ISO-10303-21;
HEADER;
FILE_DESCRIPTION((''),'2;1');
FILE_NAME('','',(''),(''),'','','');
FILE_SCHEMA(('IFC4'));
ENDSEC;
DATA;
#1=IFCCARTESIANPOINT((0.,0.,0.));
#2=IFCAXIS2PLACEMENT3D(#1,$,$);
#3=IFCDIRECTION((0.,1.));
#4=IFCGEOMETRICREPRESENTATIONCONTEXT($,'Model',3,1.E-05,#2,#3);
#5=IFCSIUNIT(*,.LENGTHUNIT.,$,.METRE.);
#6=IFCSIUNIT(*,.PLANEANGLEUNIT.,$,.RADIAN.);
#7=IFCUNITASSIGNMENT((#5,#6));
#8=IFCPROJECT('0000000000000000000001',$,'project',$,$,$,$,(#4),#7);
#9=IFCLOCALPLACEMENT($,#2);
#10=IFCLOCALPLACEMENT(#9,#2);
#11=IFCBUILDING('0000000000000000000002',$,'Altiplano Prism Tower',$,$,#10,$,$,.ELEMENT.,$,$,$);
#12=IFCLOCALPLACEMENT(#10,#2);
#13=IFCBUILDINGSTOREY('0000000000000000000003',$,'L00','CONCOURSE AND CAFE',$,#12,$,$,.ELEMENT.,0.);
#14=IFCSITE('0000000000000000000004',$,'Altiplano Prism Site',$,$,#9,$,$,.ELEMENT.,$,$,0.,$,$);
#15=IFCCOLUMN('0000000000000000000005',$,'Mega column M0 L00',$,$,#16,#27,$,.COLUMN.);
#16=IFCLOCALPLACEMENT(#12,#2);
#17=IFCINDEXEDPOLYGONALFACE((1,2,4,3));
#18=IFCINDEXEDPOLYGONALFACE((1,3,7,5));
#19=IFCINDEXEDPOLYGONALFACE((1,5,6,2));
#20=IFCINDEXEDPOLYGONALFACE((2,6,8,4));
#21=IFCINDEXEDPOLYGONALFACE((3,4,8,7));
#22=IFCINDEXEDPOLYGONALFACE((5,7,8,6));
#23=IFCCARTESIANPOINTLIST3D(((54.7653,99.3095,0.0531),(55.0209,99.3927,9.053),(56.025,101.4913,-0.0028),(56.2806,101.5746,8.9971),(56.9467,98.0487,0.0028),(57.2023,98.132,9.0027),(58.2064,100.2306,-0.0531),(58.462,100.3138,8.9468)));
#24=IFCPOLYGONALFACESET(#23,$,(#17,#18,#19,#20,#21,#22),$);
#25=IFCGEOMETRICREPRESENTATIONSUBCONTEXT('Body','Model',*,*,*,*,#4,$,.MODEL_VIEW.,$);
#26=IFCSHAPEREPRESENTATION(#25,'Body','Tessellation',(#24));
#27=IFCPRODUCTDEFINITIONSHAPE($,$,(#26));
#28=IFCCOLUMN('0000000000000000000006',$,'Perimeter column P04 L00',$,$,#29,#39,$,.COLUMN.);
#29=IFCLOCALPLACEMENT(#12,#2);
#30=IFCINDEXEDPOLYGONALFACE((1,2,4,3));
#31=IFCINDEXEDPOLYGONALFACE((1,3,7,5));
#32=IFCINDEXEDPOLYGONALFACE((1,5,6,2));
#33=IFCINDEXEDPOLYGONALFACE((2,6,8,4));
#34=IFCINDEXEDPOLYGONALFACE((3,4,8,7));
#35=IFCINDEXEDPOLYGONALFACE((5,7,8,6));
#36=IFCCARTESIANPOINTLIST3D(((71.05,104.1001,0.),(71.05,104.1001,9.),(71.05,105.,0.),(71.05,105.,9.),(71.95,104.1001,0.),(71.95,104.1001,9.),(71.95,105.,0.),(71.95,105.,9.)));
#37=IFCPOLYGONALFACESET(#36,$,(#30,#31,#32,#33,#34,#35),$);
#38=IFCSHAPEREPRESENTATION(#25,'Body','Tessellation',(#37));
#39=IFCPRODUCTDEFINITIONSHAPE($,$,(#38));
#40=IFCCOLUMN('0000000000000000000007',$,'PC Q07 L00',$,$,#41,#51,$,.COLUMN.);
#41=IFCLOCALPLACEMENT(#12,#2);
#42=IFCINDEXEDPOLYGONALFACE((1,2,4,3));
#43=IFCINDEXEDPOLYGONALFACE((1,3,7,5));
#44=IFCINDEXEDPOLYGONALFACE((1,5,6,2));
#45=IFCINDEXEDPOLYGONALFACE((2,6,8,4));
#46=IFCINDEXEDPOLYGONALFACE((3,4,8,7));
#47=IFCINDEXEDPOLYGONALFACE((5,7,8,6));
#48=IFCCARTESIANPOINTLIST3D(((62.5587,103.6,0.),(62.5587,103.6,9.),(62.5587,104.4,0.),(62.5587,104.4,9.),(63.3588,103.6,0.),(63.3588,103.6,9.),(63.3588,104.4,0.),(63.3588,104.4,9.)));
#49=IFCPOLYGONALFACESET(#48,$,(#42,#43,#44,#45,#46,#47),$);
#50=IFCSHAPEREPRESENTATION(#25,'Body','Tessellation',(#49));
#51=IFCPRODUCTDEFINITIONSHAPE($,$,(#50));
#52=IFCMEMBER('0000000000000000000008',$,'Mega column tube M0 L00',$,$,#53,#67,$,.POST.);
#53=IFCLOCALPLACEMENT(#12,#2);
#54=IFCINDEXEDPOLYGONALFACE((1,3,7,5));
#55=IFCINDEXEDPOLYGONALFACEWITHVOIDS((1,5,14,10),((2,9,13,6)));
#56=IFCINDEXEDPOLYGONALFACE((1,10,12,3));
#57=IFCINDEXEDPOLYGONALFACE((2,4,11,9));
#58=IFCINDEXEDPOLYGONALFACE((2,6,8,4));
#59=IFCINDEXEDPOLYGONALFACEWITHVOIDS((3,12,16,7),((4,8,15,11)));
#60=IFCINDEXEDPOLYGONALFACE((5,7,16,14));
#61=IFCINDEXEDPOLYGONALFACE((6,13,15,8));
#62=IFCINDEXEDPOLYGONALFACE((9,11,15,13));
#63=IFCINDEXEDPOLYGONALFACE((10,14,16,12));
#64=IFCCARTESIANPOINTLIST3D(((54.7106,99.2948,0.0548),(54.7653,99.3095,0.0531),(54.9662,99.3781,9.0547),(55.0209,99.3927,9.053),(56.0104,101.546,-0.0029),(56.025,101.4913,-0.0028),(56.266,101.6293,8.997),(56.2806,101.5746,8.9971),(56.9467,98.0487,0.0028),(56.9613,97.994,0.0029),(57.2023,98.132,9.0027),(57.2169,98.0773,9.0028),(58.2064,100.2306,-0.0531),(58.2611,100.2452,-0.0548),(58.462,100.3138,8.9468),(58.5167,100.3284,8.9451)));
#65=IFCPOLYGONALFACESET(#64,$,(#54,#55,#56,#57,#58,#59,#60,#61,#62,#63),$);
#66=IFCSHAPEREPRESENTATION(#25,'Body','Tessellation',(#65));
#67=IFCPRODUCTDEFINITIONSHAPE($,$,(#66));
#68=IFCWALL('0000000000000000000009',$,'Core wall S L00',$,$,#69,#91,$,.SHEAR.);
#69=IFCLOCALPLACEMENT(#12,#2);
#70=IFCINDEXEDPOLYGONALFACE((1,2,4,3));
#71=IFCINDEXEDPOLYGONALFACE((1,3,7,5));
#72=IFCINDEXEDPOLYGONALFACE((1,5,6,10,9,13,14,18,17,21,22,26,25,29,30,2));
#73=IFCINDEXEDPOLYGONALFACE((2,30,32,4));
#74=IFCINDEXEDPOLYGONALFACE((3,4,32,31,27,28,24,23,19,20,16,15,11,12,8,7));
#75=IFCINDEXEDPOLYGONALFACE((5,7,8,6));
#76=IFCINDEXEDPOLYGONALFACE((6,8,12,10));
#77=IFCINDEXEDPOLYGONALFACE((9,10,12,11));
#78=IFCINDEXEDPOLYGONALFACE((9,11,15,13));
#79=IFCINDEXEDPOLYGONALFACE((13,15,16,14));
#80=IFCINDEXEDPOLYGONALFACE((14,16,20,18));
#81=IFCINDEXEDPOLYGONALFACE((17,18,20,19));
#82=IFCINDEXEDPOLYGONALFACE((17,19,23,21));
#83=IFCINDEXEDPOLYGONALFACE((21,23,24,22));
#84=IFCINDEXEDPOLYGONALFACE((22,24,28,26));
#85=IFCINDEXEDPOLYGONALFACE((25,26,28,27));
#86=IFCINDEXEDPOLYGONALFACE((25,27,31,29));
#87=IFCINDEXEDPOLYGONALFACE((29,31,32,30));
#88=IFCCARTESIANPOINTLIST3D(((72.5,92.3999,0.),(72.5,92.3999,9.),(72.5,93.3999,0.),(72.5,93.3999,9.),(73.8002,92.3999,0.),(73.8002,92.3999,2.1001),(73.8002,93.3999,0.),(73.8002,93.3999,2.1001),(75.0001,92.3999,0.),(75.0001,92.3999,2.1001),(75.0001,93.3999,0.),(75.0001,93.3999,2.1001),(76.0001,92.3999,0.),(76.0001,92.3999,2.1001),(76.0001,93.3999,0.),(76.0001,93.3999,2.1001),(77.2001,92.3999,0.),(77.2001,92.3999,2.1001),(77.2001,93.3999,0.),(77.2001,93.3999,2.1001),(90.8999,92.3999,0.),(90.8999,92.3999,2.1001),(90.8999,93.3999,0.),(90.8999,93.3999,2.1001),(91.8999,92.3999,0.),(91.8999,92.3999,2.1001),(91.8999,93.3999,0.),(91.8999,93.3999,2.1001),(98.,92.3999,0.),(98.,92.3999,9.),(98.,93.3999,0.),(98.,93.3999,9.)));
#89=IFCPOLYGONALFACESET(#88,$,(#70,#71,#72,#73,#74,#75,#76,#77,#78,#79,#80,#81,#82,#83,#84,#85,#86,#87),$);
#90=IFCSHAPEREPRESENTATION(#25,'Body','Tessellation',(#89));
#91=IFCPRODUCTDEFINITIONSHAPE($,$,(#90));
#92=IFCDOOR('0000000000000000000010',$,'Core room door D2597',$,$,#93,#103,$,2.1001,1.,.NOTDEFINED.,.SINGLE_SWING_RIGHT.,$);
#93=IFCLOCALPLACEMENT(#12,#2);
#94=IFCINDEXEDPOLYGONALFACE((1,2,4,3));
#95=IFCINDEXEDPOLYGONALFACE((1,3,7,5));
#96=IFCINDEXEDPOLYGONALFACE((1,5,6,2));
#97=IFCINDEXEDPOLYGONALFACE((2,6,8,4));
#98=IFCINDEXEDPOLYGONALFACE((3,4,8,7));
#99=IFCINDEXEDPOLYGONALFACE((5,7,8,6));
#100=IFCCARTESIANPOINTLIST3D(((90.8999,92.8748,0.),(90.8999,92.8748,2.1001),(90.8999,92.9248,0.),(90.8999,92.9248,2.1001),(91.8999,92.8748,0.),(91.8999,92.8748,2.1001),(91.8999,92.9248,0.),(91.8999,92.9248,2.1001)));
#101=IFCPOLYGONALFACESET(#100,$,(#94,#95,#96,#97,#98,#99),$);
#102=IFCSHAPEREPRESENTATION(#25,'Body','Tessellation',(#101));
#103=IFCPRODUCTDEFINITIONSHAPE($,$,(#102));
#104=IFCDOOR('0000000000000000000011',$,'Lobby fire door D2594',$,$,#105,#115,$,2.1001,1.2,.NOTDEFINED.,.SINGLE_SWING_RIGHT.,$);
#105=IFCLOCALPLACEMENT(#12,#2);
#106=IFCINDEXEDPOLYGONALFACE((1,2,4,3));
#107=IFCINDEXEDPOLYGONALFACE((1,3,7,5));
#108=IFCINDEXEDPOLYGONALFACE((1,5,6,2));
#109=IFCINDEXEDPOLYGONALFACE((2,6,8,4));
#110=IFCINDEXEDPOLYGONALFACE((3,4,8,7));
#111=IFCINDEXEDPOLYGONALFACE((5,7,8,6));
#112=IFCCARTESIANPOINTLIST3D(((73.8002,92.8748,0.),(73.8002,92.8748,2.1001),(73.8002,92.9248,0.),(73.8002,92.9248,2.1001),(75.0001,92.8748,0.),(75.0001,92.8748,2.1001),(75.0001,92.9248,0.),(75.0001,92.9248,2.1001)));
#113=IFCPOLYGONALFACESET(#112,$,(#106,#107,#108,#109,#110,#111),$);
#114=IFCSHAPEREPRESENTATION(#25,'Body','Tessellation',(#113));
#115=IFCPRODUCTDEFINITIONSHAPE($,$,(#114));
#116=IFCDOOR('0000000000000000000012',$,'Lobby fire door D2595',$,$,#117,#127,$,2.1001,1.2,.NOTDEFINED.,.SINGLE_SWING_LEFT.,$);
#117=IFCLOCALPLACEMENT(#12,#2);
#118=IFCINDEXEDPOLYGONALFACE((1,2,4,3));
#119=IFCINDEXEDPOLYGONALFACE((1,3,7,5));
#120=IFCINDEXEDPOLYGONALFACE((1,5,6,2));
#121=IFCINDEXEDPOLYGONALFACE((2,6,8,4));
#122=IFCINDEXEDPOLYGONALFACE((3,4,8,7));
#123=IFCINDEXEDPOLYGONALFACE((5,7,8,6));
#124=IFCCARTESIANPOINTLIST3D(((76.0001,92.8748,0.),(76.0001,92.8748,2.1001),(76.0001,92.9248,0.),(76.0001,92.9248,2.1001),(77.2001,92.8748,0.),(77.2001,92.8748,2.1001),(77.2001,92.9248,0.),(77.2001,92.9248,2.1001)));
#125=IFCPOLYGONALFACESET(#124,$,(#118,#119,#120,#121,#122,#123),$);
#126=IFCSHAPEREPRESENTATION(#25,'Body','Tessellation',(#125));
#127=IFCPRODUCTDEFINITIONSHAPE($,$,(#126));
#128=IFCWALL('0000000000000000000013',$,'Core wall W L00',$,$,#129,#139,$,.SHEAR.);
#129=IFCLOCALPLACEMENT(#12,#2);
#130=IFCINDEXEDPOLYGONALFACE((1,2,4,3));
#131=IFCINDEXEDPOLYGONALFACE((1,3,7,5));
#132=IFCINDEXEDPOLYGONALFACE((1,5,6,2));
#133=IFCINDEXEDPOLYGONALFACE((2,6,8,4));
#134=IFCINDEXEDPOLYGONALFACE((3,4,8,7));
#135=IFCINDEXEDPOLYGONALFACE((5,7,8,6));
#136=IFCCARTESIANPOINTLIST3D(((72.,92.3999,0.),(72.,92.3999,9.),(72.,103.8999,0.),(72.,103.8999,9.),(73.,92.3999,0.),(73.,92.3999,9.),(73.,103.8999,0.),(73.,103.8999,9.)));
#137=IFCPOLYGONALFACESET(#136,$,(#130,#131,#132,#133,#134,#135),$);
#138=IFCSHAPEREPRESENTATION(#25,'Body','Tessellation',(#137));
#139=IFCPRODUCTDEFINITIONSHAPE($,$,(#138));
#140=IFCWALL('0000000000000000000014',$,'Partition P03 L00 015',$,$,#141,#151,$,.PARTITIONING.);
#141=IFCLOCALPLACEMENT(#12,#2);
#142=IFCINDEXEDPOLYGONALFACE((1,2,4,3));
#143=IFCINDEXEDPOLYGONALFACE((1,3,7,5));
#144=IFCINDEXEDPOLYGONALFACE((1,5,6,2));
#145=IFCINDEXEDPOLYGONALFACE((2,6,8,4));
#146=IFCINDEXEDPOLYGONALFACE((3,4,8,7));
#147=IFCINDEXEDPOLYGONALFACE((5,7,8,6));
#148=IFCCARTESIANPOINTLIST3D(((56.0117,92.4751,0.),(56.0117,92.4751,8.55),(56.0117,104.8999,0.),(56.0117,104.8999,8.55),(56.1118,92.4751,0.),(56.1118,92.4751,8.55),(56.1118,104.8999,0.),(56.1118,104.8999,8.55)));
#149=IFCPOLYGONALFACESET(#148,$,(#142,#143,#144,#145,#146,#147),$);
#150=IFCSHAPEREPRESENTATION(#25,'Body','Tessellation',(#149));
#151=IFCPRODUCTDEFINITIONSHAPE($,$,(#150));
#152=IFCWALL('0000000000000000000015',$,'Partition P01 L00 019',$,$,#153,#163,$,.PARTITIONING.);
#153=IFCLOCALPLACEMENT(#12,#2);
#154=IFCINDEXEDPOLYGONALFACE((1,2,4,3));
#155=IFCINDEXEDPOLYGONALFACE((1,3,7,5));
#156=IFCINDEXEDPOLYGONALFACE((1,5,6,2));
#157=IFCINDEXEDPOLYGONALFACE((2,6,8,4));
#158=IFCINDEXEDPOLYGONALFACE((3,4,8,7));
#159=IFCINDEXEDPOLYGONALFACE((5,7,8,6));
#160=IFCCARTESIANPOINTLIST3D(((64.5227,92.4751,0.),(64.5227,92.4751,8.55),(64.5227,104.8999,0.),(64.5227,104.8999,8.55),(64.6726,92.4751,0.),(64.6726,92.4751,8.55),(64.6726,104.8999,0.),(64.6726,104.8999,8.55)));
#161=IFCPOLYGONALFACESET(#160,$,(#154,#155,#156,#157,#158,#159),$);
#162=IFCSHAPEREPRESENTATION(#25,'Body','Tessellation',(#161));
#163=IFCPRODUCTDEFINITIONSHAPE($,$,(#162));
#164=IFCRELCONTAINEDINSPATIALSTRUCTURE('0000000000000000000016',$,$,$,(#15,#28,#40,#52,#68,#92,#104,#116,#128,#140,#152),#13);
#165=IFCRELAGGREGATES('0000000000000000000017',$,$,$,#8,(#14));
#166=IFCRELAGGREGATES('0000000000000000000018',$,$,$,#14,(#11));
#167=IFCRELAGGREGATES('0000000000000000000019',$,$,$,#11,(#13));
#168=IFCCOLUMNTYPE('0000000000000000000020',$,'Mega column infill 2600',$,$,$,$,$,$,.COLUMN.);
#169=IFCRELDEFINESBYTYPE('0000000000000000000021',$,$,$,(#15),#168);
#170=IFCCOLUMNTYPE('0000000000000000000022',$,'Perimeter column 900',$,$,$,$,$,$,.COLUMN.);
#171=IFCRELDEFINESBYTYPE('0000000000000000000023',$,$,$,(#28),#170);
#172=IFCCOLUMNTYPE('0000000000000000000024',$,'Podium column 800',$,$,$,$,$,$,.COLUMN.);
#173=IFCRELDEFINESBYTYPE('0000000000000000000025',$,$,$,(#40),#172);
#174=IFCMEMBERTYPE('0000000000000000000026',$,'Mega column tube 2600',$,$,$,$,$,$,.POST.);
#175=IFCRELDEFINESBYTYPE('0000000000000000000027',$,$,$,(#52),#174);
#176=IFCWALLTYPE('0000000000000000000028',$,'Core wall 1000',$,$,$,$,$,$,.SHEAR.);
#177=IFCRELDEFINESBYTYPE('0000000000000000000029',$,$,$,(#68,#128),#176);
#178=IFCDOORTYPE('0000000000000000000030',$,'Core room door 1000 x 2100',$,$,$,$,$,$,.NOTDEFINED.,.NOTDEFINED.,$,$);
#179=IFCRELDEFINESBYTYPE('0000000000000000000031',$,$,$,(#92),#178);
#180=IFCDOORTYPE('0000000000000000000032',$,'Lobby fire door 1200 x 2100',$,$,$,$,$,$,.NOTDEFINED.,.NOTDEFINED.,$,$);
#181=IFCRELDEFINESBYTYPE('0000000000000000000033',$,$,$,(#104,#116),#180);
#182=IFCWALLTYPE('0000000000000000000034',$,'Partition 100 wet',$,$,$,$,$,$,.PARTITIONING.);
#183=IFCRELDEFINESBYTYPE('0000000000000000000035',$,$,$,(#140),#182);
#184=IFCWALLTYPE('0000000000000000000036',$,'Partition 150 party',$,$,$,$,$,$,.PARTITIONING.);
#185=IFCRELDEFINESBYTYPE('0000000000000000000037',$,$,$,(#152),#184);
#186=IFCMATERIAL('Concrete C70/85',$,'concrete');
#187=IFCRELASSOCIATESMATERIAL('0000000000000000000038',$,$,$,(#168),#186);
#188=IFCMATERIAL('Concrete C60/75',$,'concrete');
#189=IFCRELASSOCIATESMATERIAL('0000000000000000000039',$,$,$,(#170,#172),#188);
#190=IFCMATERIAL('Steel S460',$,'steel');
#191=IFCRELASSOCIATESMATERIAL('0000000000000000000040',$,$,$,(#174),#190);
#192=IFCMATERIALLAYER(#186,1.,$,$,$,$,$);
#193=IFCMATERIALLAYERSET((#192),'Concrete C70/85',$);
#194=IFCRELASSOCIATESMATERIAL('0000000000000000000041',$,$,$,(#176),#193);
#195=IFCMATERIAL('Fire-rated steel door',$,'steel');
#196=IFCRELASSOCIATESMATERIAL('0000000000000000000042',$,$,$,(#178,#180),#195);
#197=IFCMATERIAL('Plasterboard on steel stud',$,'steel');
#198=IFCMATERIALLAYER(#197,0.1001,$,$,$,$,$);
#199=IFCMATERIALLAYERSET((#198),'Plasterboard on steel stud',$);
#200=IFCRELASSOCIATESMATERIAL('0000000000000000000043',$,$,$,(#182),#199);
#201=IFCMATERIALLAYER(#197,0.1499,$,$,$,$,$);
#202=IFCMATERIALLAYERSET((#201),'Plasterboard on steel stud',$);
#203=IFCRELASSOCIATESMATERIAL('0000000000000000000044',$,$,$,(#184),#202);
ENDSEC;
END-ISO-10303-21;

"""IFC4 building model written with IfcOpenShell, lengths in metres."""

from ifc_helpers import new_model, si_unit, direction, frame, frame_2d, origin, origin_2d, place, context, subcontext, project, spatial, rectangle, hollow_rectangle, extrude, material, layer, layer_set, material_profile, profile_set, type_object, element, fill, save


model = new_model("IFC4")

# Units and contexts
model_context = context("Model", 3, precision=1e-05, world=origin(), true_north=direction((0.0, 1.0)))
body_context = subcontext(model_context, "Body", "Model", "MODEL_VIEW")
ifc_project = project(units=[si_unit("LENGTHUNIT", "METRE"), si_unit("PLANEANGLEUNIT", "RADIAN")], contexts=[model_context])

# Site, building, storey
site_placement = place(None, origin())
site = spatial("IfcSite", under=ifc_project, at=site_placement, Name="Altiplano Prism Site", CompositionType="ELEMENT", RefElevation=0.0)
building_placement = place(site_placement, origin())
building = spatial("IfcBuilding", under=site, at=building_placement, Name="Altiplano Prism Tower", CompositionType="ELEMENT")
storey_placement = place(building_placement, origin())
storey = spatial("IfcBuildingStorey", under=building, at=storey_placement, Name="L00", Description="CONCOURSE AND CAFE", CompositionType="ELEMENT", Elevation=0.0)

# Columns
ifc_material_1 = material(Name="Concrete C70/85", Category="concrete")
ifc_material_profile_1 = material_profile(ifc_material_1, rectangle(XDim=2.52, YDim=2.52, at=origin_2d()), Name="Mega column infill 2600")
ifc_profile_set_1 = profile_set([ifc_material_profile_1], Name="Concrete C70/85")
column_type_1 = type_object("IfcColumnType", Name="Mega column infill 2600", PredefinedType="COLUMN", material=ifc_profile_set_1)
column_1_placement = place(storey_placement, frame((56.4858, 99.77, 0.0), z_axis=(0.028389, 0.009246, 0.999554), x_axis=(-0.865624, 0.500297, 0.019957)))
element("IfcColumn", 1, at=column_1_placement, inside=storey, type_object=column_type_1, Name="Mega column M0 L00", PredefinedType="COLUMN", context=body_context, shape_type="SweptSolid", body=[
    extrude(rectangle(XDim=2.52, YDim=2.52, at=origin_2d()), origin(), (0.0, 0.0, 1.0), 9.0039),
])
ifc_material_2 = material(Name="Concrete C60/75", Category="concrete")
ifc_material_profile_2 = material_profile(ifc_material_2, rectangle(XDim=0.8999, YDim=0.8999, at=origin_2d()), Name="Perimeter column 900")
ifc_profile_set_2 = profile_set([ifc_material_profile_2], Name="Concrete C60/75")
column_type_2 = type_object("IfcColumnType", Name="Perimeter column 900", PredefinedType="COLUMN", material=ifc_profile_set_2)
column_2_placement = place(storey_placement, frame((71.5, 104.55, 0.0), z_axis=(0.0, 0.0, 1.0), x_axis=(1.0, 0.0, 0.0)))
element("IfcColumn", 2, at=column_2_placement, inside=storey, type_object=column_type_2, Name="Perimeter column P04 L00", PredefinedType="COLUMN", context=body_context, shape_type="SweptSolid", body=[
    extrude(rectangle(XDim=0.8999, YDim=0.8999, at=origin_2d()), origin(), (0.0, 0.0, 1.0), 9.0),
])
ifc_material_profile_3 = material_profile(ifc_material_2, rectangle(XDim=0.8, YDim=0.8, at=origin_2d()), Name="Podium column 800")
ifc_profile_set_3 = profile_set([ifc_material_profile_3], Name="Concrete C60/75")
column_type_3 = type_object("IfcColumnType", Name="Podium column 800", PredefinedType="COLUMN", material=ifc_profile_set_3)
column_3_placement = place(storey_placement, frame((62.9587, 104.0, 0.0), z_axis=(0.0, 0.0, 1.0), x_axis=(1.0, 0.0, 0.0)))
element("IfcColumn", 3, at=column_3_placement, inside=storey, type_object=column_type_3, Name="PC Q07 L00", PredefinedType="COLUMN", context=body_context, shape_type="SweptSolid", body=[
    extrude(rectangle(XDim=0.8, YDim=0.8, at=origin_2d()), origin(), (0.0, 0.0, 1.0), 9.0),
])

# Member
ifc_material_3 = material(Name="Steel S460", Category="steel")
ifc_material_profile_4 = material_profile(ifc_material_3, hollow_rectangle(XDim=2.6001, YDim=2.6001, WallThickness=0.04, at=origin_2d()), Name="Mega column tube 2600")
ifc_profile_set_4 = profile_set([ifc_material_profile_4], Name="Steel S460")
member_type = type_object("IfcMemberType", Name="Mega column tube 2600", PredefinedType="POST", material=ifc_profile_set_4)
member_placement = place(storey_placement, frame((56.4858, 99.77, 0.0), z_axis=(0.028389, 0.009246, 0.999554), x_axis=(-0.865624, 0.500297, 0.019957)))
element("IfcMember", 4, at=member_placement, inside=storey, type_object=member_type, Name="Mega column tube M0 L00", PredefinedType="POST", context=body_context, shape_type="SweptSolid", body=[
    extrude(hollow_rectangle(XDim=2.6001, YDim=2.6001, WallThickness=0.04, at=origin_2d()), origin(), (0.0, 0.0, 1.0), 9.0039),
])

# Wall, openings, doors
ifc_layer_1 = layer(ifc_material_1, 1.0)
ifc_layer_set_1 = layer_set([ifc_layer_1], Name="Concrete C70/85")
wall_type_1 = type_object("IfcWallType", Name="Core wall 1000", PredefinedType="SHEAR", material=ifc_layer_set_1)
wall_1_placement = place(storey_placement, frame((72.5, 92.8999, 0.0), z_axis=(0.0, 0.0, 1.0), x_axis=(1.0, 0.0, 0.0)))
wall_1 = element("IfcWall", 5, at=wall_1_placement, inside=storey, type_object=wall_type_1, Name="Core wall S L00", PredefinedType="SHEAR", context=body_context, shape_type="SweptSolid", body=[
    extrude(rectangle(XDim=25.5, YDim=1.0, at=frame_2d((12.75, 0.0))), origin(), (0.0, 0.0, 1.0), 9.0),
])
opening_1_placement = place(wall_1_placement, frame((1.3, 0.0, 0.0)))
opening_1 = element("IfcOpeningElement", 6, at=opening_1_placement, cuts=wall_1, PredefinedType="OPENING", context=body_context, shape_type="SweptSolid", body=[
    extrude(rectangle(XDim=1.2, YDim=2.1001, at=frame_2d((0.6001, 1.05))), frame((0.0, 0.5105, 0.0), z_axis=(0.0, -1.0, 0.0), x_axis=(1.0, 0.0, 0.0)), (0.0, 0.0, 1.0), 1.021),
])
opening_2_placement = place(wall_1_placement, frame((3.5, 0.0, 0.0)))
opening_2 = element("IfcOpeningElement", 7, at=opening_2_placement, cuts=wall_1, PredefinedType="OPENING", context=body_context, shape_type="SweptSolid", body=[
    extrude(rectangle(XDim=1.2, YDim=2.1001, at=frame_2d((0.6001, 1.05))), frame((0.0, 0.5105, 0.0), z_axis=(0.0, -1.0, 0.0), x_axis=(1.0, 0.0, 0.0)), (0.0, 0.0, 1.0), 1.021),
])
opening_3_placement = place(wall_1_placement, frame((18.3999, 0.0, 0.0)))
opening_3 = element("IfcOpeningElement", 8, at=opening_3_placement, cuts=wall_1, PredefinedType="OPENING", context=body_context, shape_type="SweptSolid", body=[
    extrude(rectangle(XDim=1.0, YDim=2.1001, at=frame_2d((0.5, 1.05))), frame((0.0, 0.5105, 0.0), z_axis=(0.0, -1.0, 0.0), x_axis=(1.0, 0.0, 0.0)), (0.0, 0.0, 1.0), 1.021),
])
ifc_material_4 = material(Name="Fire-rated steel door", Category="steel")
door_type_1 = type_object("IfcDoorType", Name="Core room door 1000 x 2100", OperationType="NOTDEFINED", PredefinedType="NOTDEFINED", material=ifc_material_4)
door_1_placement = place(opening_3_placement, origin())
door_1 = element("IfcDoor", 9, at=door_1_placement, inside=storey, type_object=door_type_1, Name="Core room door D2597", OperationType="SINGLE_SWING_RIGHT", OverallHeight=2.1001, OverallWidth=1.0, PredefinedType="NOTDEFINED", context=body_context, shape_type="SweptSolid", body=[
    extrude(rectangle(XDim=1.0, YDim=2.1001, at=frame_2d((0.5, 1.05))), frame((0.0, 0.0249, 0.0), z_axis=(0.0, -1.0, 0.0), x_axis=(1.0, 0.0, 0.0)), (0.0, 0.0, 1.0), 0.05),
])
fill(opening_3, door_1)
door_type_2 = type_object("IfcDoorType", Name="Lobby fire door 1200 x 2100", OperationType="NOTDEFINED", PredefinedType="NOTDEFINED", material=ifc_material_4)
door_2_placement = place(opening_1_placement, origin())
door_2 = element("IfcDoor", 10, at=door_2_placement, inside=storey, type_object=door_type_2, Name="Lobby fire door D2594", OperationType="SINGLE_SWING_RIGHT", OverallHeight=2.1001, OverallWidth=1.2, PredefinedType="NOTDEFINED", context=body_context, shape_type="SweptSolid", body=[
    extrude(rectangle(XDim=1.2, YDim=2.1001, at=frame_2d((0.6001, 1.05))), frame((0.0, 0.0249, 0.0), z_axis=(0.0, -1.0, 0.0), x_axis=(1.0, 0.0, 0.0)), (0.0, 0.0, 1.0), 0.05),
])
fill(opening_1, door_2)
door_3_placement = place(opening_2_placement, origin())
door_3 = element("IfcDoor", 11, at=door_3_placement, inside=storey, type_object=door_type_2, Name="Lobby fire door D2595", OperationType="SINGLE_SWING_LEFT", OverallHeight=2.1001, OverallWidth=1.2, PredefinedType="NOTDEFINED", context=body_context, shape_type="SweptSolid", body=[
    extrude(rectangle(XDim=1.2, YDim=2.1001, at=frame_2d((0.6001, 1.05))), frame((0.0, 0.0249, 0.0), z_axis=(0.0, -1.0, 0.0), x_axis=(1.0, 0.0, 0.0)), (0.0, 0.0, 1.0), 0.05),
])
fill(opening_2, door_3)

# Walls
wall_2_placement = place(storey_placement, frame((72.5, 103.8999, 0.0), z_axis=(0.0, 0.0, 1.0), x_axis=(0.0, -1.0, 0.0)))
element("IfcWall", 12, at=wall_2_placement, inside=storey, type_object=wall_type_1, Name="Core wall W L00", PredefinedType="SHEAR", context=body_context, shape_type="SweptSolid", body=[
    extrude(rectangle(XDim=11.5, YDim=1.0, at=frame_2d((5.75, 0.0))), origin(), (0.0, 0.0, 1.0), 9.0),
])
ifc_material_5 = material(Name="Plasterboard on steel stud", Category="steel")
ifc_layer_2 = layer(ifc_material_5, 0.1001)
ifc_layer_set_2 = layer_set([ifc_layer_2], Name="Plasterboard on steel stud")
wall_type_2 = type_object("IfcWallType", Name="Partition 100 wet", PredefinedType="PARTITIONING", material=ifc_layer_set_2)
wall_3_placement = place(storey_placement, frame((56.0618, 92.4751, 0.0), z_axis=(0.0, 0.0, 1.0), x_axis=(0.0, 1.0, 0.0)))
element("IfcWall", 13, at=wall_3_placement, inside=storey, type_object=wall_type_2, Name="Partition P03 L00 015", PredefinedType="PARTITIONING", context=body_context, shape_type="SweptSolid", body=[
    extrude(rectangle(XDim=12.4248, YDim=0.1001, at=frame_2d((6.2124, 0.0))), origin(), (0.0, 0.0, 1.0), 8.55),
])
ifc_layer_3 = layer(ifc_material_5, 0.1499)
ifc_layer_set_3 = layer_set([ifc_layer_3], Name="Plasterboard on steel stud")
wall_type_3 = type_object("IfcWallType", Name="Partition 150 party", PredefinedType="PARTITIONING", material=ifc_layer_set_3)
for number, where, z_axis, x_axis, name in (
    (14, (64.5977, 92.4751, 0.0), (0.0, 0.0, 1.0), (0.0, 1.0, 0.0), "Partition P01 L00 019"),
):
    element("IfcWall", number, at=place(storey_placement, frame(where, z_axis=z_axis, x_axis=x_axis)), inside=storey, type_object=wall_type_3, Name=name, PredefinedType="PARTITIONING", context=body_context, shape_type="SweptSolid", body=[
        extrude(rectangle(XDim=12.4248, YDim=0.1499, at=frame_2d((6.2124, 0.0))), origin(), (0.0, 0.0, 1.0), 8.55),
    ])

save(model, "model.ifc")
